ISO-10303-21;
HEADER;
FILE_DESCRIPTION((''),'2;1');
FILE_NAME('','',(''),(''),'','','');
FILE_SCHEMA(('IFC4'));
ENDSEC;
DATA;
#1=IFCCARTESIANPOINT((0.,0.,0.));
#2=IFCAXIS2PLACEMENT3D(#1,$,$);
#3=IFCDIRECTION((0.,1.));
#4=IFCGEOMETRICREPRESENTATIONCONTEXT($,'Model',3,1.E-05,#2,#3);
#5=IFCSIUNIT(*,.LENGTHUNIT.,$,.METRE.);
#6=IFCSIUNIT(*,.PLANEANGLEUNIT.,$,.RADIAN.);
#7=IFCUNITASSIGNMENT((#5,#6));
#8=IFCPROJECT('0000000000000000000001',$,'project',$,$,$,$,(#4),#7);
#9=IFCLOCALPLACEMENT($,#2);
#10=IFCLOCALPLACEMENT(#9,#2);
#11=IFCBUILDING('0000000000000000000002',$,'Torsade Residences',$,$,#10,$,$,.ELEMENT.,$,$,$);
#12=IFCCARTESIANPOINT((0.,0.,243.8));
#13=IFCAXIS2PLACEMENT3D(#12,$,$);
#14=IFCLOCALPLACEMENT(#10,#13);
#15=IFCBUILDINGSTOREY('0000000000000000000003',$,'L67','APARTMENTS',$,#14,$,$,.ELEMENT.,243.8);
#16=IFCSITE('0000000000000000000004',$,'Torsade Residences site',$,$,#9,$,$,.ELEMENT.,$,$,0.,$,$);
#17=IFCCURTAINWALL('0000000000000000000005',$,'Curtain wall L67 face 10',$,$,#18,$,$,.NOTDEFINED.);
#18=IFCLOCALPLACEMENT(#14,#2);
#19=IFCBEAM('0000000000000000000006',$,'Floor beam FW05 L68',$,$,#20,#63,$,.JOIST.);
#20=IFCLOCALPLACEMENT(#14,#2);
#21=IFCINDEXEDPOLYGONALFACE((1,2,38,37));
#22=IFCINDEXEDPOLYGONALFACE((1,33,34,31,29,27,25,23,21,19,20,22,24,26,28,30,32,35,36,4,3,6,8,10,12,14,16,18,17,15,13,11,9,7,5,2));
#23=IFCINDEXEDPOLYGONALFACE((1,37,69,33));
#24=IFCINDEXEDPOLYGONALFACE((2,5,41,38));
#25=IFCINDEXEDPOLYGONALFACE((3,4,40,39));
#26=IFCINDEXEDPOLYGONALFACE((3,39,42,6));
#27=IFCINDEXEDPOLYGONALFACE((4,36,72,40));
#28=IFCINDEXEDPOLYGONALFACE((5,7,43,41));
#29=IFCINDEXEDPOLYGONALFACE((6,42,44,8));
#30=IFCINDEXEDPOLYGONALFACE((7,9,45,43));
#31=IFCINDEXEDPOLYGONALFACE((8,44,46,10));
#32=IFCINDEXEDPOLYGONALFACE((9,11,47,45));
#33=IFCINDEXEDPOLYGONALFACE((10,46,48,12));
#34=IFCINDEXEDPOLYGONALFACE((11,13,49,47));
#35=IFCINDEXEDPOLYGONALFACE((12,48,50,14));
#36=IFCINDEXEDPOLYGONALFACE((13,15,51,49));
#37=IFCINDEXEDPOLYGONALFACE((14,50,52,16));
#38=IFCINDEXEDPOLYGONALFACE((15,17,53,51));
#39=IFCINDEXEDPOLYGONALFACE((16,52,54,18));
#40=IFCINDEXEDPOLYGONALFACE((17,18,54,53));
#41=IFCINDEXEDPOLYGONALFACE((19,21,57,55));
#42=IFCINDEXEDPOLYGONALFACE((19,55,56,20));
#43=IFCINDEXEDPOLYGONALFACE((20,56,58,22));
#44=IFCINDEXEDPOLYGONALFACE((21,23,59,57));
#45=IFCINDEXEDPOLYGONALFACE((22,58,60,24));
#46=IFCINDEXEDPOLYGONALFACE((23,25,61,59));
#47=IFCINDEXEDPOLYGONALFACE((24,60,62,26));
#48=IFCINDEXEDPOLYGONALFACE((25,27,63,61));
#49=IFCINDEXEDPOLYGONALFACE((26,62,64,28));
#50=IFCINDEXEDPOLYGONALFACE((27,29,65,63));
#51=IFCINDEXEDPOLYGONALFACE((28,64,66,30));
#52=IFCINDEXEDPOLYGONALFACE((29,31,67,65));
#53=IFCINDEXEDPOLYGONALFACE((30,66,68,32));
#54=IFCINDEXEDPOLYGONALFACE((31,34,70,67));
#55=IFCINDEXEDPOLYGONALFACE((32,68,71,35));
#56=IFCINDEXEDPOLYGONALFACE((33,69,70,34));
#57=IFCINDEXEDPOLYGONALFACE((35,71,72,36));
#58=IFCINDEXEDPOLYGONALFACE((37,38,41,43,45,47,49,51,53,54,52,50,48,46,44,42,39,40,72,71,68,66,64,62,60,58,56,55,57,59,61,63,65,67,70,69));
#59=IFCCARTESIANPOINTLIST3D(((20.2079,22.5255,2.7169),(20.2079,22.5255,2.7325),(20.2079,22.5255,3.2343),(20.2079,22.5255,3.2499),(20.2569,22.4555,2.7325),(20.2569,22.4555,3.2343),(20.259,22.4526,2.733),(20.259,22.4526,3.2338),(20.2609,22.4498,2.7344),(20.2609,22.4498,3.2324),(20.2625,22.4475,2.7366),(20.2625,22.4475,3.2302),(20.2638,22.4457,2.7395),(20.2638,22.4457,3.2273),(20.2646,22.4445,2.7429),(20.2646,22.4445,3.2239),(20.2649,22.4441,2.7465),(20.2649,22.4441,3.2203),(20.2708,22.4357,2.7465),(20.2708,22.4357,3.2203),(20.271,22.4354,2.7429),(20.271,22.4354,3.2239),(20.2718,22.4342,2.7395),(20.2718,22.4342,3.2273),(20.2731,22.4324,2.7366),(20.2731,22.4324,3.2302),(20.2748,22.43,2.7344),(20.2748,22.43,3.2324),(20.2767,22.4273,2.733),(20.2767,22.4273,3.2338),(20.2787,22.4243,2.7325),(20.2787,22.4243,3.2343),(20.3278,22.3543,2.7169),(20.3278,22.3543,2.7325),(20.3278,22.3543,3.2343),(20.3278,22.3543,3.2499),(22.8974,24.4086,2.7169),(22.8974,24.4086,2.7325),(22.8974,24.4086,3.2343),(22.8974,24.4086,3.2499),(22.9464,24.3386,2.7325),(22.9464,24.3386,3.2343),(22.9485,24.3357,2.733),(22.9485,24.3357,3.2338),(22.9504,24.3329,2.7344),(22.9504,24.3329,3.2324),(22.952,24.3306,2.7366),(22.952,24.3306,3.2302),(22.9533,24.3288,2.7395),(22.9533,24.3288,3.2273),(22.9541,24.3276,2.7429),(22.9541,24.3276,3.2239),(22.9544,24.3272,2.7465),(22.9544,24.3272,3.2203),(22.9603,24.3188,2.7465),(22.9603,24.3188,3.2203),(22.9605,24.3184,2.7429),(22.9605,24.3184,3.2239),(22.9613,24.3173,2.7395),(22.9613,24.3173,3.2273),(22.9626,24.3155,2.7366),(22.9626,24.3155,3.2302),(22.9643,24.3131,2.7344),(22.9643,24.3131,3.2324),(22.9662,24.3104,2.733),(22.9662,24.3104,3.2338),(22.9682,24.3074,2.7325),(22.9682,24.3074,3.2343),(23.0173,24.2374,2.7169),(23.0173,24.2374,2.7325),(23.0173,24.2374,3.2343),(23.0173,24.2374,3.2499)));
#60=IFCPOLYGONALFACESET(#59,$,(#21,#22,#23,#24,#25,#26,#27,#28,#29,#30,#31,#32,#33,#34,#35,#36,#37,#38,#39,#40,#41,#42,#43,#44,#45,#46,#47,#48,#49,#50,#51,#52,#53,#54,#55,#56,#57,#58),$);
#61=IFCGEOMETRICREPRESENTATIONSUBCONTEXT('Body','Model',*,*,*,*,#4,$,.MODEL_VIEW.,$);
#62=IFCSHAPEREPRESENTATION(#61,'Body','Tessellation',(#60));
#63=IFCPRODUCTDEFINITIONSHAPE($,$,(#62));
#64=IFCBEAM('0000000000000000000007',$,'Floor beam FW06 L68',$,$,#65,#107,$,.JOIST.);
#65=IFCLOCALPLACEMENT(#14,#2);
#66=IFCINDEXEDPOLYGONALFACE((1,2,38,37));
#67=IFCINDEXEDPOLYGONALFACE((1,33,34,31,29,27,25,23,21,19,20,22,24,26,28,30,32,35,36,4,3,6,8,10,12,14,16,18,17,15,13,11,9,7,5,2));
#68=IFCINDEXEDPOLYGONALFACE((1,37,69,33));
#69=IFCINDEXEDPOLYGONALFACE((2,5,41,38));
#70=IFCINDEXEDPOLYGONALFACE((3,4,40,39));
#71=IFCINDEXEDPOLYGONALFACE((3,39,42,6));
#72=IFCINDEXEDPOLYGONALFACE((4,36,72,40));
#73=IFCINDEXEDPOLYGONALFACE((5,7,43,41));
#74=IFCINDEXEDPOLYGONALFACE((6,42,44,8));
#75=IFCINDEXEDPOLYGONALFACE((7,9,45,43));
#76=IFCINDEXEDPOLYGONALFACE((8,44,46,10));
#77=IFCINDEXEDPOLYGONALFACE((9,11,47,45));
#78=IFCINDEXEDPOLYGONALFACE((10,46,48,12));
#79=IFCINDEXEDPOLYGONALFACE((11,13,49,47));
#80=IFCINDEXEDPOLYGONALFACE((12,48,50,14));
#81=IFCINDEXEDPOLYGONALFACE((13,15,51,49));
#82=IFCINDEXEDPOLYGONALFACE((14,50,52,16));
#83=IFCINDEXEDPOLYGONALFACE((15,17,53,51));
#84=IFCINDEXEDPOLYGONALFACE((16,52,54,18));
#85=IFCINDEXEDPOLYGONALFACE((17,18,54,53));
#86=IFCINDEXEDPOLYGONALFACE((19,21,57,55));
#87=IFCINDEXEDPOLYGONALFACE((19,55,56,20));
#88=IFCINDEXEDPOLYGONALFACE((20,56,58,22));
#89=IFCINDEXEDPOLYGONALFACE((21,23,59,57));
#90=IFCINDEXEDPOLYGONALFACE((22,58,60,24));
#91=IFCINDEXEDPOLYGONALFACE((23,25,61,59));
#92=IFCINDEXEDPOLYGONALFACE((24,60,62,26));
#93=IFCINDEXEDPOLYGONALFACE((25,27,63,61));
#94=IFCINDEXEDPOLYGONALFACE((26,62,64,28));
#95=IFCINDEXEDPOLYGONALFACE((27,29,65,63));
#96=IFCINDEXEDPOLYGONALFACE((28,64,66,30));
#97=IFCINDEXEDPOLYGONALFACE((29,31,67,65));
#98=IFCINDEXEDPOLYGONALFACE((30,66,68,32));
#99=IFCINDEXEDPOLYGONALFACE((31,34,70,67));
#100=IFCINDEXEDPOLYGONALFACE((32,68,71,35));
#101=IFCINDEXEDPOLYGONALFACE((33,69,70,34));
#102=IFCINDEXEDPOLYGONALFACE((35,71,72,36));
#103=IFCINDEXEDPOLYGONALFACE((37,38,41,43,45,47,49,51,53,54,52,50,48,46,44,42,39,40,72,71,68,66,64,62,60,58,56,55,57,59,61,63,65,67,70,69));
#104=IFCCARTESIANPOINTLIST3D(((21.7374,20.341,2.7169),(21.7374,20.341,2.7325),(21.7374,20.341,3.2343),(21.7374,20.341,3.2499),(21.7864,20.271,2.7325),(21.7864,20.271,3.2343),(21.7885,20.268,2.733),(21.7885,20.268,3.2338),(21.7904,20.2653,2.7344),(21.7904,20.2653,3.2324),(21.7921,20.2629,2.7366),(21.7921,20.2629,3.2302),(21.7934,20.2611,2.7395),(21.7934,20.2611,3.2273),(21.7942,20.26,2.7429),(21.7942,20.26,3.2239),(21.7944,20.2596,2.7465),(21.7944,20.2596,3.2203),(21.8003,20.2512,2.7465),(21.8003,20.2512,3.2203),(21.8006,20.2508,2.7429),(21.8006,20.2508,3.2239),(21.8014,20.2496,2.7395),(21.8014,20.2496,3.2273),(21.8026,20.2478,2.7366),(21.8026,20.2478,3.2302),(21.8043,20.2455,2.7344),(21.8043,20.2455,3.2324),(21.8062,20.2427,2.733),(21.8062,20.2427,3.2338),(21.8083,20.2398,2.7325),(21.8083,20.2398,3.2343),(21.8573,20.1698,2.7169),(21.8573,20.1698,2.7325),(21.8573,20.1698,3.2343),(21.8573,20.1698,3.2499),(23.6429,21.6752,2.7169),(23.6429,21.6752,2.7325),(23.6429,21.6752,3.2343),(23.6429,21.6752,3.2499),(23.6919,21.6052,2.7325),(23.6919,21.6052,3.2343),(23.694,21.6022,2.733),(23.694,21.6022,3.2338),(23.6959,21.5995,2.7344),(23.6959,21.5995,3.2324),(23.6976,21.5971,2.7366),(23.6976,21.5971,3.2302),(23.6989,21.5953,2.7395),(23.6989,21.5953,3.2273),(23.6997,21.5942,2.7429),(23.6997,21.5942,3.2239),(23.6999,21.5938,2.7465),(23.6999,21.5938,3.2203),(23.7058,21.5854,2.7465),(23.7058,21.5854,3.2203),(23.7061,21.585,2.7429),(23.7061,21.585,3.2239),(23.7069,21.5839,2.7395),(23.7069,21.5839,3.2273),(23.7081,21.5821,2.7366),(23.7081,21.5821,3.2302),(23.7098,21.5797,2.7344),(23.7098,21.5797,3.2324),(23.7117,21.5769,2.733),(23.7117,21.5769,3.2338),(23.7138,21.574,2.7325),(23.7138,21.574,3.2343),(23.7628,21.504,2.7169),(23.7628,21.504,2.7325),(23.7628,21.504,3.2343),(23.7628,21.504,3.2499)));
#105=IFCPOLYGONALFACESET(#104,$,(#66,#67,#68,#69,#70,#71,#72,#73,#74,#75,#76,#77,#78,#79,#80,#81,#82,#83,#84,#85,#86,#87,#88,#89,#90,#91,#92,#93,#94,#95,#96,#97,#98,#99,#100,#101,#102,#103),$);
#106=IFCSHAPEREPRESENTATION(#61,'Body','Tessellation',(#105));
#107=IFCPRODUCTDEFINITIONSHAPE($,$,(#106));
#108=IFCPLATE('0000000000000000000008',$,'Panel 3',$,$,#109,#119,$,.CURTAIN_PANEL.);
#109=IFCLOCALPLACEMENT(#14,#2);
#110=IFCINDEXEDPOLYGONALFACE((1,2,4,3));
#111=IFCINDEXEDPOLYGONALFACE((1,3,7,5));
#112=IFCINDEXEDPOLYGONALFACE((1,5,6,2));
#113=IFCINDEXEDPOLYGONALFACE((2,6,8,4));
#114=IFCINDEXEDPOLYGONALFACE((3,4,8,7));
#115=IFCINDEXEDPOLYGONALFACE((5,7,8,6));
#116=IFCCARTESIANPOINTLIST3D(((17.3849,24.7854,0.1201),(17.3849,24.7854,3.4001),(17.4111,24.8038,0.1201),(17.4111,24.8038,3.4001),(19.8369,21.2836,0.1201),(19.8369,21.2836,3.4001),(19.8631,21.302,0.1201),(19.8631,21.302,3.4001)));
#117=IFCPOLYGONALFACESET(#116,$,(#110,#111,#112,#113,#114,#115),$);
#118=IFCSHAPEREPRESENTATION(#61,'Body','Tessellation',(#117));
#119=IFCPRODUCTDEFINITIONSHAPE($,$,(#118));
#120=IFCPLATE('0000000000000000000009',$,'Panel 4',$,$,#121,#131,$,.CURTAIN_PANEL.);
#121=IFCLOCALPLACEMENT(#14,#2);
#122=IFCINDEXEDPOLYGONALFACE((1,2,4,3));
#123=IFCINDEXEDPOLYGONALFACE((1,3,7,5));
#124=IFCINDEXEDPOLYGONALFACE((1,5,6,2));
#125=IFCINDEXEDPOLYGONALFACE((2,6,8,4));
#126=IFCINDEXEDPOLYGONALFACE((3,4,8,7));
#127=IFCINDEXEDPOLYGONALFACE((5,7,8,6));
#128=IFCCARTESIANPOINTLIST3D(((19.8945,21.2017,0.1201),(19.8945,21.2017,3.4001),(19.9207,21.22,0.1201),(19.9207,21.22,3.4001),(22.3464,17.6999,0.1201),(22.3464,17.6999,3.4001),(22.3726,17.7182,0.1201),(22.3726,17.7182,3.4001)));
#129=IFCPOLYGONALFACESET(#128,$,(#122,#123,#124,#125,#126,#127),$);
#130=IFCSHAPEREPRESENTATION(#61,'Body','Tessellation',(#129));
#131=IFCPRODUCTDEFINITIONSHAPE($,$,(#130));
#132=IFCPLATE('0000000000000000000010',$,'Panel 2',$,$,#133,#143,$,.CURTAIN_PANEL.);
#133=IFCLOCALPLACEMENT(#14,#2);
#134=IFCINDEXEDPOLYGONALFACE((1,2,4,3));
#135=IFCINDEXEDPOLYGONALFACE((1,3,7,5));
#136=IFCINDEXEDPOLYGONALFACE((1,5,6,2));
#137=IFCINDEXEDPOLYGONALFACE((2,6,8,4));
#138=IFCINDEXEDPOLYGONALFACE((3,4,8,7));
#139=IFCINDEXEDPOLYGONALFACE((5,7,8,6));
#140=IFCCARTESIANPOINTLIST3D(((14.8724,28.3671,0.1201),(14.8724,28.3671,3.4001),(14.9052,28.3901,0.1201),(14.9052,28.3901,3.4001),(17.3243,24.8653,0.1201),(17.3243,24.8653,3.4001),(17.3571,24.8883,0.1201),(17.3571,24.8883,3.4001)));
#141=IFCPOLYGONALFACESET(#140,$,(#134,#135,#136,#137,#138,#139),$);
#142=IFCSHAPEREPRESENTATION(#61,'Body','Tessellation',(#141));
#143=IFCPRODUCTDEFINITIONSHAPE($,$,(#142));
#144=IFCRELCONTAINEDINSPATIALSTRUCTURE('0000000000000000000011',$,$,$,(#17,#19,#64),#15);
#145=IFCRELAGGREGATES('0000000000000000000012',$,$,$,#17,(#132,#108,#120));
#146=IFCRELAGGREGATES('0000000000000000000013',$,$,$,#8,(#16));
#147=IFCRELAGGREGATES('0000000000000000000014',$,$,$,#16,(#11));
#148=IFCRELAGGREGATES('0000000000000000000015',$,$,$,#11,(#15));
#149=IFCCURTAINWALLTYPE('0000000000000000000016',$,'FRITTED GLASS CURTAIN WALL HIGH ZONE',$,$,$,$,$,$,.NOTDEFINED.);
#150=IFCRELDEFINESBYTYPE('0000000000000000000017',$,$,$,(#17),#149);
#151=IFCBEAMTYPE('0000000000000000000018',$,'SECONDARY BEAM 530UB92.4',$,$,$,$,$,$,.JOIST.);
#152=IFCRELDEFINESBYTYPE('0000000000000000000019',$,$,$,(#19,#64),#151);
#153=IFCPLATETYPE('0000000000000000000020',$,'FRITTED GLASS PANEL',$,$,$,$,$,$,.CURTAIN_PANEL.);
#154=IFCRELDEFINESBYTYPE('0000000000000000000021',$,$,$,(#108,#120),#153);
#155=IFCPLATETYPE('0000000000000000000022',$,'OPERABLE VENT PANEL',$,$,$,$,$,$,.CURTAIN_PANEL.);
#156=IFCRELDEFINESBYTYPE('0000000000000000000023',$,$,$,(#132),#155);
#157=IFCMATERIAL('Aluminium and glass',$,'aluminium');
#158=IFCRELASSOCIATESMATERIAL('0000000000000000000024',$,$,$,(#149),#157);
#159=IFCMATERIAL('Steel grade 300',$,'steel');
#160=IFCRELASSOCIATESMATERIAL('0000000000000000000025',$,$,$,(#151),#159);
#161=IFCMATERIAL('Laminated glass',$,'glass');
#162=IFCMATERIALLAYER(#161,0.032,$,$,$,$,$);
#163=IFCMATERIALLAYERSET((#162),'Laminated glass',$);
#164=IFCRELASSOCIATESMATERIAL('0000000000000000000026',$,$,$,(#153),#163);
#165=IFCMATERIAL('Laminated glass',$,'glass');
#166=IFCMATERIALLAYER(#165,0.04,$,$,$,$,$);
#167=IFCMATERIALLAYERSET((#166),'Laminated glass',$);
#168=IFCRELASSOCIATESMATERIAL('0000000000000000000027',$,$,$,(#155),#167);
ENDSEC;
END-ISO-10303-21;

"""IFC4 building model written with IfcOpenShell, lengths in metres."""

from ifc_helpers import new_model, si_unit, direction, frame, origin, origin_2d, place, context, subcontext, project, spatial, rectangle, i_section, extrude, material, layer, layer_set, material_profile, profile_set, type_object, element, aggregate, save


model = new_model("IFC4")

# Units and contexts
model_context = context("Model", 3, precision=1e-05, world=origin(), true_north=direction((0.0, 1.0)))
body_context = subcontext(model_context, "Body", "Model", "MODEL_VIEW")
ifc_project = project(units=[si_unit("LENGTHUNIT", "METRE"), si_unit("PLANEANGLEUNIT", "RADIAN")], contexts=[model_context])

# Site, building, storey
site_placement = place(None, origin())
site = spatial("IfcSite", under=ifc_project, at=site_placement, Name="Torsade Residences site", CompositionType="ELEMENT", RefElevation=0.0)
building_placement = place(site_placement, origin())
building = spatial("IfcBuilding", under=site, at=building_placement, Name="Torsade Residences", CompositionType="ELEMENT")
storey_placement = place(building_placement, frame((0.0, 0.0, 243.8)))
storey = spatial("IfcBuildingStorey", under=building, at=storey_placement, Name="L67", Description="APARTMENTS", CompositionType="ELEMENT", Elevation=243.8)

# Curtain wall
ifc_material_1 = material(Name="Aluminium and glass", Category="aluminium")
curtain_wall_type = type_object("IfcCurtainWallType", Name="FRITTED GLASS CURTAIN WALL HIGH ZONE", PredefinedType="NOTDEFINED", material=ifc_material_1)
curtain_wall_placement = place(storey_placement, origin())
curtain_wall = element("IfcCurtainWall", 1, at=curtain_wall_placement, inside=storey, type_object=curtain_wall_type, Name="Curtain wall L67 face 10", PredefinedType="NOTDEFINED")

# Beams
ifc_material_2 = material(Name="Steel grade 300", Category="steel")
ifc_material_profile_1 = material_profile(ifc_material_2, i_section(OverallWidth=0.209, OverallDepth=0.533, WebThickness=0.0103, FlangeThickness=0.0156, FilletRadius=0.0139, at=origin_2d()), Name="530UB92.4")
ifc_profile_set_1 = profile_set([ifc_material_profile_1], Name="Steel grade 300")
beam_type_1 = type_object("IfcBeamType", Name="SECONDARY BEAM 530UB92.4", PredefinedType="JOIST", material=ifc_profile_set_1)
beam_1_placement = place(storey_placement, frame((20.2678, 22.4399, 2.9834), z_axis=(0.819169, 0.573552, 0.0), x_axis=(-0.573552, 0.819169, 0.0)))
element("IfcBeam", 2, at=beam_1_placement, inside=storey, type_object=beam_type_1, Name="Floor beam FW05 L68", PredefinedType="JOIST", context=body_context, shape_type="SweptSolid", body=[
    extrude(i_section(OverallWidth=0.209, OverallDepth=0.533, WebThickness=0.0103, FlangeThickness=0.0156, FilletRadius=0.0139, at=origin_2d()), origin(), (0.0, 0.0, 1.0), 3.2832),
])
beam_2_placement = place(storey_placement, frame((21.7974, 20.2554, 2.9834), z_axis=(0.819158, 0.573568, 0.0), x_axis=(-0.573568, 0.819158, 0.0)))
element("IfcBeam", 3, at=beam_2_placement, inside=storey, type_object=beam_type_1, Name="Floor beam FW06 L68", PredefinedType="JOIST", context=body_context, shape_type="SweptSolid", body=[
    extrude(i_section(OverallWidth=0.209, OverallDepth=0.533, WebThickness=0.0103, FlangeThickness=0.0156, FilletRadius=0.0139, at=origin_2d()), origin(), (0.0, 0.0, 1.0), 2.3262),
])

# Plates
ifc_material_3 = material(Name="Laminated glass", Category="glass")
ifc_layer_1 = layer(ifc_material_3, 0.032)
ifc_layer_set_1 = layer_set([ifc_layer_1], Name="Laminated glass")
plate_type_1 = type_object("IfcPlateType", Name="FRITTED GLASS PANEL", PredefinedType="CURTAIN_PANEL", material=ifc_layer_set_1)
plate_1_placement = place(storey_placement, frame((18.624, 23.0437, 0.1201), z_axis=(0.0, 0.0, 1.0), x_axis=(0.573576, -0.819152, 0.0)))
plate_1 = element("IfcPlate", 4, at=plate_1_placement, type_object=plate_type_1, Name="Panel 3", PredefinedType="CURTAIN_PANEL", context=body_context, shape_type="SweptSolid", body=[
    extrude(rectangle(XDim=4.2749, YDim=0.032, at=origin_2d()), origin(), (0.0, 0.0, 1.0), 3.28),
])
plate_2_placement = place(storey_placement, frame((21.1335, 19.46, 0.1201), z_axis=(0.0, 0.0, 1.0), x_axis=(0.573576, -0.819152, 0.0)))
plate_2 = element("IfcPlate", 5, at=plate_2_placement, type_object=plate_type_1, Name="Panel 4", PredefinedType="CURTAIN_PANEL", context=body_context, shape_type="SweptSolid", body=[
    extrude(rectangle(XDim=4.2749, YDim=0.032, at=origin_2d()), origin(), (0.0, 0.0, 1.0), 3.28),
])
ifc_material_4 = material(Name="Laminated glass", Category="glass")
ifc_layer_2 = layer(ifc_material_4, 0.04)
ifc_layer_set_2 = layer_set([ifc_layer_2], Name="Laminated glass")
plate_type_2 = type_object("IfcPlateType", Name="OPERABLE VENT PANEL", PredefinedType="CURTAIN_PANEL", material=ifc_layer_set_2)
plate_3_placement = place(storey_placement, frame((16.1147, 26.6277, 0.1201), z_axis=(0.0, 0.0, 1.0), x_axis=(0.573576, -0.819152, 0.0)))
plate_3 = element("IfcPlate", 6, at=plate_3_placement, type_object=plate_type_2, Name="Panel 2", PredefinedType="CURTAIN_PANEL", context=body_context, shape_type="SweptSolid", body=[
    extrude(rectangle(XDim=4.2749, YDim=0.04, at=origin_2d()), origin(), (0.0, 0.0, 1.0), 3.28),
])
aggregate(curtain_wall, [plate_3, plate_1, plate_2])

save(model, "model.ifc")
